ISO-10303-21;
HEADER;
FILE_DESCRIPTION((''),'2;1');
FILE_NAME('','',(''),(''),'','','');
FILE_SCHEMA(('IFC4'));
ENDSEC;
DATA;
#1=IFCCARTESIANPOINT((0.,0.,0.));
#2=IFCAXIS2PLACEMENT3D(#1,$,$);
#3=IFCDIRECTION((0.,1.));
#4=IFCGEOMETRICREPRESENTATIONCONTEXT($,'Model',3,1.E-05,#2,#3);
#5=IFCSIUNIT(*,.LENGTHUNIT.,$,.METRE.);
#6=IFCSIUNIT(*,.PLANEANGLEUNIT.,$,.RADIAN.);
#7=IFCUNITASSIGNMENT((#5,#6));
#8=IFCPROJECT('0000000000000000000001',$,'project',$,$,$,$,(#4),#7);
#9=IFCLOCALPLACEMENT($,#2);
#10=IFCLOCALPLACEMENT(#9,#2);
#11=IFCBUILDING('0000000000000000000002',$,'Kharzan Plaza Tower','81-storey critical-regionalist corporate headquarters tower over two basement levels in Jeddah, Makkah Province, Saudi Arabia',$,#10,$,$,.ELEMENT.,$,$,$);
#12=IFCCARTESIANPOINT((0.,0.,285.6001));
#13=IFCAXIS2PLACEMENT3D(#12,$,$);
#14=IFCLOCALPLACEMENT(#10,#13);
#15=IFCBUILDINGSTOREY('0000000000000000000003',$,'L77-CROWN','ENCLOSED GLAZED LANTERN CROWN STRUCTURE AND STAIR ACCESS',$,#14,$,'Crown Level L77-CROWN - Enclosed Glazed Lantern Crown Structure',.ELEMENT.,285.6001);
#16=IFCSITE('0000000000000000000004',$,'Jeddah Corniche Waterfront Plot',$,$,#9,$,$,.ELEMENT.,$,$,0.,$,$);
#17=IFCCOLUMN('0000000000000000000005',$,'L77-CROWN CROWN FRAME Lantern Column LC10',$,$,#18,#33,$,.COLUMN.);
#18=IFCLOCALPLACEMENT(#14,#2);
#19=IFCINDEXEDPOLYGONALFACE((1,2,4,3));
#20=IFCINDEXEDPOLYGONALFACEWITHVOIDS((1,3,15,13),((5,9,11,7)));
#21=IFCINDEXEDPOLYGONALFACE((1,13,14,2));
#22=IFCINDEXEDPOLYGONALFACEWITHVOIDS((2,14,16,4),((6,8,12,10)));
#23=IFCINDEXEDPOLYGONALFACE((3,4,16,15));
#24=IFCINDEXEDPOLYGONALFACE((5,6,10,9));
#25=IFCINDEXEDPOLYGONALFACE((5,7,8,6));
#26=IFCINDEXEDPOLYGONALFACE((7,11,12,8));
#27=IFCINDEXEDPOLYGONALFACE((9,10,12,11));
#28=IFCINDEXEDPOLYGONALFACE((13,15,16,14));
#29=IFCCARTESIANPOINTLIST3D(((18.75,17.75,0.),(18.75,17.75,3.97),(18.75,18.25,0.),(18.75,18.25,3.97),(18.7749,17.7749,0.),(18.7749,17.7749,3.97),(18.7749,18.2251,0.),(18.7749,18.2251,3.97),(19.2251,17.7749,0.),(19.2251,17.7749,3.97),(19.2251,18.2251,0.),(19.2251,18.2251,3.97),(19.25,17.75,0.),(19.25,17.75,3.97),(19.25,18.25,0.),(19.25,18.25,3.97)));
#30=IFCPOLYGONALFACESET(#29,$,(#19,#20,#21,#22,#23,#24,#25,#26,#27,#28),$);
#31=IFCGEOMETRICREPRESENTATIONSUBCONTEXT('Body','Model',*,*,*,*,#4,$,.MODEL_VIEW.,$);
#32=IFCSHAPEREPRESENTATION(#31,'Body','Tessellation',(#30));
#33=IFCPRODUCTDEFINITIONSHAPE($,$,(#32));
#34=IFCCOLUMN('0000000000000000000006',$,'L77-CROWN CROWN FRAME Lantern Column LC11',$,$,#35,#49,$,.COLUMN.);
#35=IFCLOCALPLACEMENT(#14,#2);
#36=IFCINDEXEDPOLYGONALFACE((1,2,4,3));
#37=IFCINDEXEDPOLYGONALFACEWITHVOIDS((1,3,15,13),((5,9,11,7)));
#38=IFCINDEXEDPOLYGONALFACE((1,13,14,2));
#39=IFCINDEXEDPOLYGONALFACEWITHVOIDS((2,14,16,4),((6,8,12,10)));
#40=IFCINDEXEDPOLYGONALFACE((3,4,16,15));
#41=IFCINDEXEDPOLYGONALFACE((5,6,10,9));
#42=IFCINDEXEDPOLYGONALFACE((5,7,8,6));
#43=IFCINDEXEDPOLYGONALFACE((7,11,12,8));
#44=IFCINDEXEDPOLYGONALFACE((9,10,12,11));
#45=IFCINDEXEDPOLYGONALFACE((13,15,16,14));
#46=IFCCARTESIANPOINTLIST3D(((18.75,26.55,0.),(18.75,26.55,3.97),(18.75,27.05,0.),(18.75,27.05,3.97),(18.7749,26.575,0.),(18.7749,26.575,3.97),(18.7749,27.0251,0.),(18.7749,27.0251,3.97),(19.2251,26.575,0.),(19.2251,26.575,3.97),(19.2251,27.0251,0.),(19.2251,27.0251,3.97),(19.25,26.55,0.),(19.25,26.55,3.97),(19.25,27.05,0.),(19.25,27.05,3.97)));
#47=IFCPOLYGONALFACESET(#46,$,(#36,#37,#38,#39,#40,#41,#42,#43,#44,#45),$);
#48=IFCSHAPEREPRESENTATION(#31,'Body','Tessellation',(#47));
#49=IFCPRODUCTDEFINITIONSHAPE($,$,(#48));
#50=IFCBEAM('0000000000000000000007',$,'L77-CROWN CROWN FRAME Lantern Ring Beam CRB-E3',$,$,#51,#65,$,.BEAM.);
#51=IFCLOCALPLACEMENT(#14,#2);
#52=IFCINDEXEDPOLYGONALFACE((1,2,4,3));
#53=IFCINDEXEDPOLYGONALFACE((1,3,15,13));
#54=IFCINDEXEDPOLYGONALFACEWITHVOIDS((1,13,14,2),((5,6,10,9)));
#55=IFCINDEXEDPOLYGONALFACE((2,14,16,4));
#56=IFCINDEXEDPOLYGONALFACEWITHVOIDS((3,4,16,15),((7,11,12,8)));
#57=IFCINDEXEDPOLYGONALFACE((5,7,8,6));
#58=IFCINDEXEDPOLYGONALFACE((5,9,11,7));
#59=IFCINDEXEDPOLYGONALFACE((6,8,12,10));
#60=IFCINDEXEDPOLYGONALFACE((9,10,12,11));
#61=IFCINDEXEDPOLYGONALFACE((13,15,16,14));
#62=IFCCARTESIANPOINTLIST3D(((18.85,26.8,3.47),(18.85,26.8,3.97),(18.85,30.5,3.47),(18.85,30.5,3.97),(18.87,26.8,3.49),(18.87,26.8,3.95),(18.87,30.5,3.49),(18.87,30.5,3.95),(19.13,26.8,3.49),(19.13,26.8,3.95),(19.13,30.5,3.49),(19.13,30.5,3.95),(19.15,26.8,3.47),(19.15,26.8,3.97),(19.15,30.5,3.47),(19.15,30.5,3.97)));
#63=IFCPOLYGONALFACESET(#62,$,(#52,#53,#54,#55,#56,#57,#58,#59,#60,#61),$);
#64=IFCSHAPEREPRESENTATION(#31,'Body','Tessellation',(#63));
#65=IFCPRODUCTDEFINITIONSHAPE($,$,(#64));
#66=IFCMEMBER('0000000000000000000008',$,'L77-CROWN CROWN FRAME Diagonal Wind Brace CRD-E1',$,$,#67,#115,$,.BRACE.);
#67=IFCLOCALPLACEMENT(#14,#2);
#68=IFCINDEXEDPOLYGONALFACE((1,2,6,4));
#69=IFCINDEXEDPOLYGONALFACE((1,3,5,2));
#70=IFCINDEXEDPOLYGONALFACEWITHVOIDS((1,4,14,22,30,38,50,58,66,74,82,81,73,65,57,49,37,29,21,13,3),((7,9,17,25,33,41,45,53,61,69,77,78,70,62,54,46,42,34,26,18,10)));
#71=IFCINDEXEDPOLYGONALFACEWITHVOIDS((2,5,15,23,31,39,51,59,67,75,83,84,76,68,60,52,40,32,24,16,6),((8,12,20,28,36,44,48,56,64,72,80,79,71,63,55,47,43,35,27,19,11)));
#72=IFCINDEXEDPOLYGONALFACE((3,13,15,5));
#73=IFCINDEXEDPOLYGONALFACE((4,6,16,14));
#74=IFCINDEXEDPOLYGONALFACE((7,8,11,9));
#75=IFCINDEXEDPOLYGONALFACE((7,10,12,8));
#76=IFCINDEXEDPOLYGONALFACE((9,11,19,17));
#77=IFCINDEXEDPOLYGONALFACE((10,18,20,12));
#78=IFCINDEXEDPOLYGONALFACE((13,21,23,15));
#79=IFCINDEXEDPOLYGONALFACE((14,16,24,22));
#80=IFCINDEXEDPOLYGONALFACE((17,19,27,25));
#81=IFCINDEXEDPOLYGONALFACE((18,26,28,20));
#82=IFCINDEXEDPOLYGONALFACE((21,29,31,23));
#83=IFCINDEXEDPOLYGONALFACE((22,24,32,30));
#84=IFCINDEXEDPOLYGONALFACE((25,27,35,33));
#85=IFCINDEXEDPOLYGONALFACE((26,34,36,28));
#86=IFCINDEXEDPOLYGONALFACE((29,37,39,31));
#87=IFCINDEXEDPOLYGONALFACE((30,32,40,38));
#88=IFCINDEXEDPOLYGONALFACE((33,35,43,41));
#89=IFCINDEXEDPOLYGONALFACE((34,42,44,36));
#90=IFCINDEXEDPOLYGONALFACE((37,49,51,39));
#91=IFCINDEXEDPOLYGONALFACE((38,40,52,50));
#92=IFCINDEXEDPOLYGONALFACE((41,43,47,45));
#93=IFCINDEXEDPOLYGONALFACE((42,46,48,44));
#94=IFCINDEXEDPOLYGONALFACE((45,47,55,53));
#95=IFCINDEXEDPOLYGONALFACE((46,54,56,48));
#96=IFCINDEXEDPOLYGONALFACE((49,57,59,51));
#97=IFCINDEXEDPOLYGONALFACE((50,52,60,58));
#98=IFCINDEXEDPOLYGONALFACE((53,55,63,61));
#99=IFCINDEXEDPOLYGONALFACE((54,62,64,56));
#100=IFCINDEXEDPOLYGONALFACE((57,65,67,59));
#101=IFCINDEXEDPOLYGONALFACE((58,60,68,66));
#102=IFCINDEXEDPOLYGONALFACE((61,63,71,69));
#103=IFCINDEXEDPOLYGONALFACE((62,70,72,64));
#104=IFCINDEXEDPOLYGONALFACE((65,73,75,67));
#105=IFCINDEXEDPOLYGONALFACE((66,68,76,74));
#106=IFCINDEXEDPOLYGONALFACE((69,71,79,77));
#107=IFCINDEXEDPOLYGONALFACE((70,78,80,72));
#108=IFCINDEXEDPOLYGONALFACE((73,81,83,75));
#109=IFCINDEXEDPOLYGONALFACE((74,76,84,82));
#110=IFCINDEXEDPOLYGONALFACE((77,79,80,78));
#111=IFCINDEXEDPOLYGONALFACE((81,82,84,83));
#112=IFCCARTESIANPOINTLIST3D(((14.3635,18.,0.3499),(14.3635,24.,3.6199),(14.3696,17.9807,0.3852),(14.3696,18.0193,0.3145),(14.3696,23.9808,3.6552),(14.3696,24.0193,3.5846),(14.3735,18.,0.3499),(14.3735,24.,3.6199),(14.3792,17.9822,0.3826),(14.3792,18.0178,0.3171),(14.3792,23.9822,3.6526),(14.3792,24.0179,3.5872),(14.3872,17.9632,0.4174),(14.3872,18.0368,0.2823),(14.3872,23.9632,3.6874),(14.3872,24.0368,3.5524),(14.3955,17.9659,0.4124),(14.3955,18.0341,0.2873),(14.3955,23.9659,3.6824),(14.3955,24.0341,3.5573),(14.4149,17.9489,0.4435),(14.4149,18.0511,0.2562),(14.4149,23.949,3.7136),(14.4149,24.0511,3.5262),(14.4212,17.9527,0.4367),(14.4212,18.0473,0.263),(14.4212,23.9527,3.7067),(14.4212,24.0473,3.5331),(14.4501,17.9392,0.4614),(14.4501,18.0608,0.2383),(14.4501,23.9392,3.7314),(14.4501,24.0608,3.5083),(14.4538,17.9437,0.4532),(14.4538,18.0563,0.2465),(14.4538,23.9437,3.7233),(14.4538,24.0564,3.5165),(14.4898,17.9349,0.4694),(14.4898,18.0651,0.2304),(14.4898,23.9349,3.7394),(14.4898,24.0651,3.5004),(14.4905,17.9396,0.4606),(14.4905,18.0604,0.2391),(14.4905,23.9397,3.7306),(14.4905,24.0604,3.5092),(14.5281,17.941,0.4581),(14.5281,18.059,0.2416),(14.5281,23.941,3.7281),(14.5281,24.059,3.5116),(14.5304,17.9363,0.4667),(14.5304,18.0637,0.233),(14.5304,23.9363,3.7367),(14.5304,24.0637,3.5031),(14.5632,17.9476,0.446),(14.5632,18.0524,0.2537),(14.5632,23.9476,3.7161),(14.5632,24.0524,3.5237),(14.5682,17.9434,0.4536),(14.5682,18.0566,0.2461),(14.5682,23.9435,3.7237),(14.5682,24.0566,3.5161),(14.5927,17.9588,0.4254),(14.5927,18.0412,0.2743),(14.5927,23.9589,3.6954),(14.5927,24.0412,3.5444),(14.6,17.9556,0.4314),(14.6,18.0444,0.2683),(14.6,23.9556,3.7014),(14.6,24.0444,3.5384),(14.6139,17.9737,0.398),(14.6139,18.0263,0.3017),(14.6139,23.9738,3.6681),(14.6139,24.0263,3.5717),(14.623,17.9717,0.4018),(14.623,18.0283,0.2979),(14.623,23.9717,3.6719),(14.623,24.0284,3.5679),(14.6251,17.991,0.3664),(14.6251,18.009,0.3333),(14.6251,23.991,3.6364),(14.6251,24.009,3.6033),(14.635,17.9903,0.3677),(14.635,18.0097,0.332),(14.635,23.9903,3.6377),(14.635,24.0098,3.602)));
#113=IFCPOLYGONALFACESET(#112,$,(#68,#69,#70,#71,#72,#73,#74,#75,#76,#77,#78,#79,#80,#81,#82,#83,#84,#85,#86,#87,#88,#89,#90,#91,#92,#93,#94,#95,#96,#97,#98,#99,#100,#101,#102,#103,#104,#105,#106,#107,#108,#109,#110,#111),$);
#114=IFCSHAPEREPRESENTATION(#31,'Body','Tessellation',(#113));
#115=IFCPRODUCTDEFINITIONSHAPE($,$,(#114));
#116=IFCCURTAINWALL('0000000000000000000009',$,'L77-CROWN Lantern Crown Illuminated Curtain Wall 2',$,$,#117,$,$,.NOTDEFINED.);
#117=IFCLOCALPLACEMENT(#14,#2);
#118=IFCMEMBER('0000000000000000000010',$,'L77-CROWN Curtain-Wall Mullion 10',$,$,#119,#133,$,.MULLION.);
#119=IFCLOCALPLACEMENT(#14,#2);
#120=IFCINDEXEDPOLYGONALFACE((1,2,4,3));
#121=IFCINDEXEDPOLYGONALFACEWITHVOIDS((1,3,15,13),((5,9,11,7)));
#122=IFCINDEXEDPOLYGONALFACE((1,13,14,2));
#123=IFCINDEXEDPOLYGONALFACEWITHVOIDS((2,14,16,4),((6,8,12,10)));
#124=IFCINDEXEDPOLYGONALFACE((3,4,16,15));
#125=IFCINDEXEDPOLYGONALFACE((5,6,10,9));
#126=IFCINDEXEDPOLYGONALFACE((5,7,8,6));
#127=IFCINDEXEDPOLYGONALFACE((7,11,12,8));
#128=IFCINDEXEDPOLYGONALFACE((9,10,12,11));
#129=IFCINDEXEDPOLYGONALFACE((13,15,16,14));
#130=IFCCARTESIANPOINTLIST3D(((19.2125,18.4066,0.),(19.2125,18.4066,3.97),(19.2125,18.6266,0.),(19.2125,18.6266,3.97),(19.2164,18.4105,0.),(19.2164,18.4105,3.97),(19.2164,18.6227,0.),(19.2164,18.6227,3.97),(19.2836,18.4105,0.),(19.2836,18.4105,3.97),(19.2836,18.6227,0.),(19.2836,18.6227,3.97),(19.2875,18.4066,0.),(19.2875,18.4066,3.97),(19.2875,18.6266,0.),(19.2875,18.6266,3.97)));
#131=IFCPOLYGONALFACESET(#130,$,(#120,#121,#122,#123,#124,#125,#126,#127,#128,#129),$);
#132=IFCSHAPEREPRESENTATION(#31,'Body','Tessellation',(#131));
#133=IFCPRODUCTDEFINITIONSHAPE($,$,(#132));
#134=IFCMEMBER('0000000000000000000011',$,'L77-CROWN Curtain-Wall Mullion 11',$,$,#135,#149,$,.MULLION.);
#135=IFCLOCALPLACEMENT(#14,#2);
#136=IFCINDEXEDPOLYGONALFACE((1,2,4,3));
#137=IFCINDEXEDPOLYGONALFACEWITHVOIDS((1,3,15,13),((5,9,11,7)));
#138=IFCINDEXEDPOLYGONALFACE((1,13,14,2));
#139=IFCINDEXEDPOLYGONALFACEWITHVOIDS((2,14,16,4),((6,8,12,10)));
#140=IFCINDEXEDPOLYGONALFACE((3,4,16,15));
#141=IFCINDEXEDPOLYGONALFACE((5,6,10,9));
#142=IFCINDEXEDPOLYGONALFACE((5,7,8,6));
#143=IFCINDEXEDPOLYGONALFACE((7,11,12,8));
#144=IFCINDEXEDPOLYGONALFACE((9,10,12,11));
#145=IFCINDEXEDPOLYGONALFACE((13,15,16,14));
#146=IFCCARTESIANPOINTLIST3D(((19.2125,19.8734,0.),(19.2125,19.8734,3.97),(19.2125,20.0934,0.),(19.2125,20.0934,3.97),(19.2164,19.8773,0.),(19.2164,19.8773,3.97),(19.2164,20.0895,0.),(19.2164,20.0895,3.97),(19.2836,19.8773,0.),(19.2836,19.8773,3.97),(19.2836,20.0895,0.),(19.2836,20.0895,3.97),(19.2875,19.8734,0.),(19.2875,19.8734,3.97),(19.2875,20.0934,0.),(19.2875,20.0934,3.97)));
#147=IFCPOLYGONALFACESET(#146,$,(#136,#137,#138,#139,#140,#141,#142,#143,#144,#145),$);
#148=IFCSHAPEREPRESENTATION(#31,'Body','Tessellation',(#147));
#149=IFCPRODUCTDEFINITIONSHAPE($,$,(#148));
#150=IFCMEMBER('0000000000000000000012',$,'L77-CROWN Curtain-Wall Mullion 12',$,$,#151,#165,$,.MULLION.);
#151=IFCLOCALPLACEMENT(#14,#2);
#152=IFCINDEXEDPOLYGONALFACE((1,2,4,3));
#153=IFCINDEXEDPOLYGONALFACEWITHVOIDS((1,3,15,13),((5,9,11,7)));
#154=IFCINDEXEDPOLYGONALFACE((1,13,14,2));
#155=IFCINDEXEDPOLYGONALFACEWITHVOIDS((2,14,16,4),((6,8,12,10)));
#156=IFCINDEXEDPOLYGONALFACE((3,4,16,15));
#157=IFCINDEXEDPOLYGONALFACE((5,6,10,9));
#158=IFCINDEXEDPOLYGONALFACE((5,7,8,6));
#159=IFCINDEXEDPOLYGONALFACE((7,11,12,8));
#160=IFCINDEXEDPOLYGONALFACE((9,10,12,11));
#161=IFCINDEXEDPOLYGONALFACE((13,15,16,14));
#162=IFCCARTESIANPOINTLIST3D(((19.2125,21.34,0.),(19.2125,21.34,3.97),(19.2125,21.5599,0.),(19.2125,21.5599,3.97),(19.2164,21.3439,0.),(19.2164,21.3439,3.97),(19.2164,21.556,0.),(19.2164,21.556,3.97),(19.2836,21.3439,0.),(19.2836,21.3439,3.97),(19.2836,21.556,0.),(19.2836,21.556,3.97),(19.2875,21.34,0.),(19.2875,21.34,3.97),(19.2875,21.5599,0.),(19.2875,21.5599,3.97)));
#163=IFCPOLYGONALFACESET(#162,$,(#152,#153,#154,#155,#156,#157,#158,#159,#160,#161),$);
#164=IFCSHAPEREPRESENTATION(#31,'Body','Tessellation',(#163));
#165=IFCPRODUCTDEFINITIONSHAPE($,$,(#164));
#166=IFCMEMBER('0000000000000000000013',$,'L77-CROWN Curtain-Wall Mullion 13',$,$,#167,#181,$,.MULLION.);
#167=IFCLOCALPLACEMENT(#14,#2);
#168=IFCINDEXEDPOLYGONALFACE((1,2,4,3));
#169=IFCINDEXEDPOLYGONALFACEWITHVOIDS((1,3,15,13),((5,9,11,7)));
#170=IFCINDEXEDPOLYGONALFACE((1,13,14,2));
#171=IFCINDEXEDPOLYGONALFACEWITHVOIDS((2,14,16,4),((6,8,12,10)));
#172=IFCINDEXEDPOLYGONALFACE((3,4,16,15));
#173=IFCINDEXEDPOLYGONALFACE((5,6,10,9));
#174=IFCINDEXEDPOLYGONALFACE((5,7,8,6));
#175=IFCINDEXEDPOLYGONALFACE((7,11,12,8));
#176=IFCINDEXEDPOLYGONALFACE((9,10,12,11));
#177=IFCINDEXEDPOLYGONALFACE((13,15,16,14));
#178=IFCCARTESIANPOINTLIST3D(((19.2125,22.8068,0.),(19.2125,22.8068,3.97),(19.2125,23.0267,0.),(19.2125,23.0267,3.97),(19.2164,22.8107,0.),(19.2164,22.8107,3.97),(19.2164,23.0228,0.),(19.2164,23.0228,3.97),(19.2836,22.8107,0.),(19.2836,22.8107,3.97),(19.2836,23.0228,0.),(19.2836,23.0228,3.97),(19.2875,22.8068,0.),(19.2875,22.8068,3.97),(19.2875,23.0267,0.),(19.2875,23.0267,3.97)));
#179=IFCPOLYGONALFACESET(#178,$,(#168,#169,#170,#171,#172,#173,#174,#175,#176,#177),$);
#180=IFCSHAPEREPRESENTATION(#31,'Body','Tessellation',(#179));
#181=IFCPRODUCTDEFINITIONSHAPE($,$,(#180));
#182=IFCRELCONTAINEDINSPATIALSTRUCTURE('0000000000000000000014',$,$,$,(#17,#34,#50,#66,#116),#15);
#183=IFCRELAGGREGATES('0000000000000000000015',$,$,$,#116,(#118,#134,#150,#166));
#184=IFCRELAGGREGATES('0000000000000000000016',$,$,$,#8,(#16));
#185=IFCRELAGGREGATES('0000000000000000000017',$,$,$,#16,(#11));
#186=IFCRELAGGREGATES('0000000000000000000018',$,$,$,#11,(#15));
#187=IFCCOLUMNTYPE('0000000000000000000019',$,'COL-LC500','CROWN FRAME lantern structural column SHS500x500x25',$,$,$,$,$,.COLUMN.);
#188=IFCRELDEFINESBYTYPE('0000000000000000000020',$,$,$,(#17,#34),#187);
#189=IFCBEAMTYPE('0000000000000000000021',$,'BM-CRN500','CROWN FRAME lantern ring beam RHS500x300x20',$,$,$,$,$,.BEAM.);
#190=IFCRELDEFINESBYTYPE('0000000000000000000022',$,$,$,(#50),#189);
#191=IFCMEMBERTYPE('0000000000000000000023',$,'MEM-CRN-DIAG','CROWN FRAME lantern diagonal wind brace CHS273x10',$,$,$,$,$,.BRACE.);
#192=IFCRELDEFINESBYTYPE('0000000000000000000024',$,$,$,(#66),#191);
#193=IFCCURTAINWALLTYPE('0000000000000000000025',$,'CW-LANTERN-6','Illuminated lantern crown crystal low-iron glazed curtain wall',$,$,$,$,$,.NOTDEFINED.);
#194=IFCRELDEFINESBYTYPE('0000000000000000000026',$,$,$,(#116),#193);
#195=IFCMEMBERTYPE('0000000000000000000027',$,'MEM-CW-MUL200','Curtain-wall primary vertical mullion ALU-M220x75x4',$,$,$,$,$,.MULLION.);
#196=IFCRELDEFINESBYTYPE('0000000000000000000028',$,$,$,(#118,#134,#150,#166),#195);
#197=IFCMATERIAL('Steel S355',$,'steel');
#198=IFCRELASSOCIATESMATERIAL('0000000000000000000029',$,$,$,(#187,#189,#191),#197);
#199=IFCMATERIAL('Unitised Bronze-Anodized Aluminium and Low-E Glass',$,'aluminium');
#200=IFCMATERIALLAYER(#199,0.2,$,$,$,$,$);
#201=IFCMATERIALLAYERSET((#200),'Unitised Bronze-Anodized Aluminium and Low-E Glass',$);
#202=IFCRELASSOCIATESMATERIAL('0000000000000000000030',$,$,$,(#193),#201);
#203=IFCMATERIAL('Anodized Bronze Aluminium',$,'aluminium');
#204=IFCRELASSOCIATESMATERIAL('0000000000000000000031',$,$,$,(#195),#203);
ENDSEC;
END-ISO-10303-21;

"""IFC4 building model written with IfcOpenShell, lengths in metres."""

from ifc_helpers import new_model, si_unit, direction, frame, origin, origin_2d, place, context, subcontext, project, spatial, hollow_rectangle, hollow_circle, extrude, source, transform, mapped, material, layer, layer_set, material_profile, profile_set, type_object, element, aggregate, save


model = new_model("IFC4")

# Units and contexts
model_context = context("Model", 3, precision=1e-05, world=origin(), true_north=direction((0.0, 1.0)))
body_context = subcontext(model_context, "Body", "Model", "MODEL_VIEW")
ifc_project = project(units=[si_unit("LENGTHUNIT", "METRE"), si_unit("PLANEANGLEUNIT", "RADIAN")], contexts=[model_context])

# Site, building, storey
site_placement = place(None, origin())
site = spatial("IfcSite", under=ifc_project, at=site_placement, Name="Jeddah Corniche Waterfront Plot", CompositionType="ELEMENT", RefElevation=0.0)
building_placement = place(site_placement, origin())
building = spatial("IfcBuilding", under=site, at=building_placement, Name="Kharzan Plaza Tower", Description="81-storey critical-regionalist corporate headquarters tower over two basement levels in Jeddah, Makkah Province, Saudi Arabia", CompositionType="ELEMENT")
storey_placement = place(building_placement, frame((0.0, 0.0, 285.6001)))
storey = spatial("IfcBuildingStorey", under=building, at=storey_placement, Name="L77-CROWN", Description="ENCLOSED GLAZED LANTERN CROWN STRUCTURE AND STAIR ACCESS", LongName="Crown Level L77-CROWN - Enclosed Glazed Lantern Crown Structure", CompositionType="ELEMENT", Elevation=285.6001)

# Columns
ifc_material_1 = material(Name="Steel S355", Category="steel")
ifc_material_profile_1 = material_profile(ifc_material_1, hollow_rectangle(XDim=0.5, YDim=0.5, WallThickness=0.0249, at=origin_2d()), Name="SHS500x500x25")
ifc_profile_set_1 = profile_set([ifc_material_profile_1], Name="Steel S355")
column_type = type_object("IfcColumnType", Name="COL-LC500", Description="CROWN FRAME lantern structural column SHS500x500x25", PredefinedType="COLUMN", material=ifc_profile_set_1)
shared_shape_1 = source(origin(), body_context, "Body", "SweptSolid", [
    extrude(hollow_rectangle(XDim=0.5, YDim=0.5, WallThickness=0.0249, at=origin_2d()), origin(), (0.0, 0.0, 1.0), 3.97),
])
for number, where, z_axis, x_axis, name in (
    (1, (19.0, 18.0, 0.0), (0.0, 0.0, 1.0), (1.0, 0.0, 0.0), "L77-CROWN CROWN FRAME Lantern Column LC10"),
    (2, (19.0, 26.8, 0.0), (0.0, 0.0, 1.0), (1.0, 0.0, 0.0), "L77-CROWN CROWN FRAME Lantern Column LC11"),
):
    element("IfcColumn", number, at=place(storey_placement, frame(where, z_axis=z_axis, x_axis=x_axis)), inside=storey, type_object=column_type, Name=name, PredefinedType="COLUMN", context=body_context, shape_type="MappedRepresentation", body=[
        mapped(shared_shape_1, transform((0.0, 0.0, 0.0), x_axis=(1.0, 0.0, 0.0), y_axis=(0.0, 1.0, 0.0), z_axis=(0.0, 0.0, 1.0))),
    ])

# Beam
ifc_material_profile_2 = material_profile(ifc_material_1, hollow_rectangle(XDim=0.3, YDim=0.5, WallThickness=0.02, at=origin_2d()), Name="RHS500x300x20")
ifc_profile_set_2 = profile_set([ifc_material_profile_2], Name="Steel S355")
beam_type = type_object("IfcBeamType", Name="BM-CRN500", Description="CROWN FRAME lantern ring beam RHS500x300x20", PredefinedType="BEAM", material=ifc_profile_set_2)
shared_shape_2 = source(origin(), body_context, "Body", "SweptSolid", [
    extrude(hollow_rectangle(XDim=0.3, YDim=0.5, WallThickness=0.02, at=origin_2d()), origin(), (0.0, 0.0, 1.0), 3.7),
])
beam_placement = place(storey_placement, frame((19.0, 26.8, 3.72), z_axis=(0.0, 1.0, 0.0), x_axis=(-1.0, 0.0, 0.0)))
element("IfcBeam", 3, at=beam_placement, inside=storey, type_object=beam_type, Name="L77-CROWN CROWN FRAME Lantern Ring Beam CRB-E3", PredefinedType="BEAM", context=body_context, shape_type="MappedRepresentation", body=[
    mapped(shared_shape_2, transform((0.0, 0.0, 0.0), x_axis=(1.0, 0.0, 0.0), y_axis=(0.0, 1.0, 0.0), z_axis=(0.0, 0.0, 1.0))),
])

# Member
ifc_material_profile_3 = material_profile(ifc_material_1, hollow_circle(Radius=0.1365, WallThickness=0.01, at=origin_2d()), Name="CHS273x10")
ifc_profile_set_3 = profile_set([ifc_material_profile_3], Name="Steel S355")
member_type_1 = type_object("IfcMemberType", Name="MEM-CRN-DIAG", Description="CROWN FRAME lantern diagonal wind brace CHS273x10", PredefinedType="BRACE", material=ifc_profile_set_3)
shared_shape_3 = source(origin(), body_context, "Body", "SweptSolid", [
    extrude(hollow_circle(Radius=0.1365, WallThickness=0.01, at=origin_2d()), origin(), (0.0, 0.0, 1.0), 6.8333),
])
member_1_placement = place(storey_placement, frame((14.5, 18.0, 0.3499), z_axis=(0.0, 0.878062, 0.478547), x_axis=(-1.0, 0.0, 0.0)))
element("IfcMember", 4, at=member_1_placement, inside=storey, type_object=member_type_1, Name="L77-CROWN CROWN FRAME Diagonal Wind Brace CRD-E1", PredefinedType="BRACE", context=body_context, shape_type="MappedRepresentation", body=[
    mapped(shared_shape_3, transform((0.0, 0.0, 0.0), x_axis=(1.0, 0.0, 0.0), y_axis=(0.0, 1.0, 0.0), z_axis=(0.0, 0.0, 1.0))),
])

# Curtain wall, members
ifc_material_2 = material(Name="Unitised Bronze-Anodized Aluminium and Low-E Glass", Category="aluminium")
ifc_layer_1 = layer(ifc_material_2, 0.2)
ifc_layer_set_1 = layer_set([ifc_layer_1], Name="Unitised Bronze-Anodized Aluminium and Low-E Glass")
curtain_wall_type = type_object("IfcCurtainWallType", Name="CW-LANTERN-6", Description="Illuminated lantern crown crystal low-iron glazed curtain wall", PredefinedType="NOTDEFINED", material=ifc_layer_set_1)
curtain_wall_placement = place(storey_placement, origin())
curtain_wall = element("IfcCurtainWall", 5, at=curtain_wall_placement, inside=storey, type_object=curtain_wall_type, Name="L77-CROWN Lantern Crown Illuminated Curtain Wall 2", PredefinedType="NOTDEFINED")
ifc_material_3 = material(Name="Anodized Bronze Aluminium", Category="aluminium")
ifc_material_profile_4 = material_profile(ifc_material_3, hollow_rectangle(XDim=0.075, YDim=0.22, WallThickness=0.0039, at=origin_2d()), Name="ALU-M220x75x4")
ifc_profile_set_4 = profile_set([ifc_material_profile_4], Name="Anodized Bronze Aluminium")
member_type_2 = type_object("IfcMemberType", Name="MEM-CW-MUL200", Description="Curtain-wall primary vertical mullion ALU-M220x75x4", PredefinedType="MULLION", material=ifc_profile_set_4)
shared_shape_4 = source(origin(), body_context, "Body", "SweptSolid", [
    extrude(hollow_rectangle(XDim=0.075, YDim=0.22, WallThickness=0.0039, at=origin_2d()), origin(), (0.0, 0.0, 1.0), 3.97),
])
member_2_placement = place(storey_placement, frame((19.25, 18.5166, 0.0), z_axis=(0.0, 0.0, 1.0), x_axis=(1.0, 0.0, 0.0)))
member_2 = element("IfcMember", 6, at=member_2_placement, type_object=member_type_2, Name="L77-CROWN Curtain-Wall Mullion 10", PredefinedType="MULLION", context=body_context, shape_type="MappedRepresentation", body=[
    mapped(shared_shape_4, transform((0.0, 0.0, 0.0), x_axis=(1.0, 0.0, 0.0), y_axis=(0.0, 1.0, 0.0), z_axis=(0.0, 0.0, 1.0))),
])
member_3_placement = place(storey_placement, frame((19.25, 19.9834, 0.0), z_axis=(0.0, 0.0, 1.0), x_axis=(1.0, 0.0, 0.0)))
member_3 = element("IfcMember", 7, at=member_3_placement, type_object=member_type_2, Name="L77-CROWN Curtain-Wall Mullion 11", PredefinedType="MULLION", context=body_context, shape_type="MappedRepresentation", body=[
    mapped(shared_shape_4, transform((0.0, 0.0, 0.0), x_axis=(1.0, 0.0, 0.0), y_axis=(0.0, 1.0, 0.0), z_axis=(0.0, 0.0, 1.0))),
])
member_4_placement = place(storey_placement, frame((19.25, 21.45, 0.0), z_axis=(0.0, 0.0, 1.0), x_axis=(1.0, 0.0, 0.0)))
member_4 = element("IfcMember", 8, at=member_4_placement, type_object=member_type_2, Name="L77-CROWN Curtain-Wall Mullion 12", PredefinedType="MULLION", context=body_context, shape_type="MappedRepresentation", body=[
    mapped(shared_shape_4, transform((0.0, 0.0, 0.0), x_axis=(1.0, 0.0, 0.0), y_axis=(0.0, 1.0, 0.0), z_axis=(0.0, 0.0, 1.0))),
])
member_5_placement = place(storey_placement, frame((19.25, 22.9167, 0.0), z_axis=(0.0, 0.0, 1.0), x_axis=(1.0, 0.0, 0.0)))
member_5 = element("IfcMember", 9, at=member_5_placement, type_object=member_type_2, Name="L77-CROWN Curtain-Wall Mullion 13", PredefinedType="MULLION", context=body_context, shape_type="MappedRepresentation", body=[
    mapped(shared_shape_4, transform((0.0, 0.0, 0.0), x_axis=(1.0, 0.0, 0.0), y_axis=(0.0, 1.0, 0.0), z_axis=(0.0, 0.0, 1.0))),
])
aggregate(curtain_wall, [member_2, member_3, member_4, member_5])

save(model, "model.ifc")
